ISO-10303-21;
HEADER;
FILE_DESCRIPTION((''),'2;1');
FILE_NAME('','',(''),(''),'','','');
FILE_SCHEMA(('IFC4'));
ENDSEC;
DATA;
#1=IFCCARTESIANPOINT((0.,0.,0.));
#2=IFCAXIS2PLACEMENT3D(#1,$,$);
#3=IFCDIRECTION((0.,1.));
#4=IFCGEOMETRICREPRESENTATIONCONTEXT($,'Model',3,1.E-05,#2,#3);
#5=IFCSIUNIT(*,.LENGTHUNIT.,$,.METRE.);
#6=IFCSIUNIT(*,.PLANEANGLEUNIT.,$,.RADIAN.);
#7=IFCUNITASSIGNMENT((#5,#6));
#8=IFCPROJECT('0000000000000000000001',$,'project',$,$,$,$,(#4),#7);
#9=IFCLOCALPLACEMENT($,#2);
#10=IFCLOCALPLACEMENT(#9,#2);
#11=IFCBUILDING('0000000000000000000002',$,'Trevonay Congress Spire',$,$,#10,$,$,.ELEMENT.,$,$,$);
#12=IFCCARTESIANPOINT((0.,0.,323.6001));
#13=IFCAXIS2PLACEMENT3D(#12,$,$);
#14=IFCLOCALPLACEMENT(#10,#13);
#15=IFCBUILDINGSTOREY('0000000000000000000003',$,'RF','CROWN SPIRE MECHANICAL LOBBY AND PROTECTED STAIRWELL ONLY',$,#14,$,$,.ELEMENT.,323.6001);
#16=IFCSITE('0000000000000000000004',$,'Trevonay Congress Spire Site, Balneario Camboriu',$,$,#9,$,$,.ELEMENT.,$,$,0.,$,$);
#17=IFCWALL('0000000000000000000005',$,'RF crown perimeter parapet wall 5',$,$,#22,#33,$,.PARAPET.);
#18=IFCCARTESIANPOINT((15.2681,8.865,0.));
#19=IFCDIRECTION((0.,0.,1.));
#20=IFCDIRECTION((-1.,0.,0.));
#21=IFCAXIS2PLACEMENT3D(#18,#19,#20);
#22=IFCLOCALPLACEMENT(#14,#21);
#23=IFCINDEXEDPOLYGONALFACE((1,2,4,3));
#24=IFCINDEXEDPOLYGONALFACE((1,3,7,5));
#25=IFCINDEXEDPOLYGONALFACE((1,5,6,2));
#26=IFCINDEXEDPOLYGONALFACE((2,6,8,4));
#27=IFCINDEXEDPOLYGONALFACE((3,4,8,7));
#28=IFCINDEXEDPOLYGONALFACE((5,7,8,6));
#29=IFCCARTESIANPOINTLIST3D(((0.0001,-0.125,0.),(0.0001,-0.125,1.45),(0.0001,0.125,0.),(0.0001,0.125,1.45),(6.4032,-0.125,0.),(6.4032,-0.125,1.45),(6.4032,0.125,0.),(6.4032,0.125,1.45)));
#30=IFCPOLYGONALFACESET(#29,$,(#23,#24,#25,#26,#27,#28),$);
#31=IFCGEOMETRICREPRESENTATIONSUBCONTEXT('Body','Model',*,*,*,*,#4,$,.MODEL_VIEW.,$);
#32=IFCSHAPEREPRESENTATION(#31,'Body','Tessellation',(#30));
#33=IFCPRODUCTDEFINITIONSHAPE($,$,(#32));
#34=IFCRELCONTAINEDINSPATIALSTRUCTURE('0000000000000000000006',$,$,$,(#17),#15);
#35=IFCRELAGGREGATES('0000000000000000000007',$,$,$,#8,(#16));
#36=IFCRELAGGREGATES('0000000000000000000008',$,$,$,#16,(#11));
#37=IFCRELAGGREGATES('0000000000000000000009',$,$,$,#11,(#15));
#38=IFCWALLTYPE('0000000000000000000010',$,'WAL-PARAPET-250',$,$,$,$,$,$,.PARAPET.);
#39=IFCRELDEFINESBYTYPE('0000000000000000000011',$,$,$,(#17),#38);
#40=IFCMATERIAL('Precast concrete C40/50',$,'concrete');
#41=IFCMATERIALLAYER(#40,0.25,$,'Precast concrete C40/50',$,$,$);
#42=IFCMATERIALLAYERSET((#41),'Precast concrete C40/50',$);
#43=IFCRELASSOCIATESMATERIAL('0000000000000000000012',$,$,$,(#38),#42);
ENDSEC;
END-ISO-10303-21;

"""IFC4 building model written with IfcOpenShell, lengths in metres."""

from ifc_helpers import new_model, si_unit, direction, frame, frame_2d, origin, place, context, subcontext, project, spatial, rectangle, extrude, material, layer, layer_set, type_object, element, save


model = new_model("IFC4")

# Units and contexts
model_context = context("Model", 3, precision=1e-05, world=origin(), true_north=direction((0.0, 1.0)))
body_context = subcontext(model_context, "Body", "Model", "MODEL_VIEW")
ifc_project = project(units=[si_unit("LENGTHUNIT", "METRE"), si_unit("PLANEANGLEUNIT", "RADIAN")], contexts=[model_context])

# Site, building, storey
site_placement = place(None, origin())
site = spatial("IfcSite", under=ifc_project, at=site_placement, Name="Trevonay Congress Spire Site, Balneario Camboriu", CompositionType="ELEMENT", RefElevation=0.0)
building_placement = place(site_placement, origin())
building = spatial("IfcBuilding", under=site, at=building_placement, Name="Trevonay Congress Spire", CompositionType="ELEMENT")
storey_placement = place(building_placement, frame((0.0, 0.0, 323.6001)))
storey = spatial("IfcBuildingStorey", under=building, at=storey_placement, Name="RF", Description="CROWN SPIRE MECHANICAL LOBBY AND PROTECTED STAIRWELL ONLY", CompositionType="ELEMENT", Elevation=323.6001)

# Wall
ifc_material_1 = material(Name="Precast concrete C40/50", Category="concrete")
ifc_layer_1 = layer(ifc_material_1, 0.25, Name="Precast concrete C40/50")
ifc_layer_set_1 = layer_set([ifc_layer_1], Name="Precast concrete C40/50")
wall_type_1 = type_object("IfcWallType", Name="WAL-PARAPET-250", PredefinedType="PARAPET", material=ifc_layer_set_1)
for number, where, z_axis, x_axis, name in (
    (1, (15.2681, 8.865, 0.0), (0.0, 0.0, 1.0), (-1.0, 0.0, 0.0), "RF crown perimeter parapet wall 5"),
):
    element("IfcWall", number, at=place(storey_placement, frame(where, z_axis=z_axis, x_axis=x_axis)), inside=storey, type_object=wall_type_1, Name=name, PredefinedType="PARAPET", context=body_context, shape_type="SweptSolid", body=[
        extrude(rectangle(XDim=6.4031, YDim=0.25, at=frame_2d((3.2017, 0.0))), origin(), (0.0, 0.0, 1.0), 1.45),
    ])

save(model, "model.ifc")
